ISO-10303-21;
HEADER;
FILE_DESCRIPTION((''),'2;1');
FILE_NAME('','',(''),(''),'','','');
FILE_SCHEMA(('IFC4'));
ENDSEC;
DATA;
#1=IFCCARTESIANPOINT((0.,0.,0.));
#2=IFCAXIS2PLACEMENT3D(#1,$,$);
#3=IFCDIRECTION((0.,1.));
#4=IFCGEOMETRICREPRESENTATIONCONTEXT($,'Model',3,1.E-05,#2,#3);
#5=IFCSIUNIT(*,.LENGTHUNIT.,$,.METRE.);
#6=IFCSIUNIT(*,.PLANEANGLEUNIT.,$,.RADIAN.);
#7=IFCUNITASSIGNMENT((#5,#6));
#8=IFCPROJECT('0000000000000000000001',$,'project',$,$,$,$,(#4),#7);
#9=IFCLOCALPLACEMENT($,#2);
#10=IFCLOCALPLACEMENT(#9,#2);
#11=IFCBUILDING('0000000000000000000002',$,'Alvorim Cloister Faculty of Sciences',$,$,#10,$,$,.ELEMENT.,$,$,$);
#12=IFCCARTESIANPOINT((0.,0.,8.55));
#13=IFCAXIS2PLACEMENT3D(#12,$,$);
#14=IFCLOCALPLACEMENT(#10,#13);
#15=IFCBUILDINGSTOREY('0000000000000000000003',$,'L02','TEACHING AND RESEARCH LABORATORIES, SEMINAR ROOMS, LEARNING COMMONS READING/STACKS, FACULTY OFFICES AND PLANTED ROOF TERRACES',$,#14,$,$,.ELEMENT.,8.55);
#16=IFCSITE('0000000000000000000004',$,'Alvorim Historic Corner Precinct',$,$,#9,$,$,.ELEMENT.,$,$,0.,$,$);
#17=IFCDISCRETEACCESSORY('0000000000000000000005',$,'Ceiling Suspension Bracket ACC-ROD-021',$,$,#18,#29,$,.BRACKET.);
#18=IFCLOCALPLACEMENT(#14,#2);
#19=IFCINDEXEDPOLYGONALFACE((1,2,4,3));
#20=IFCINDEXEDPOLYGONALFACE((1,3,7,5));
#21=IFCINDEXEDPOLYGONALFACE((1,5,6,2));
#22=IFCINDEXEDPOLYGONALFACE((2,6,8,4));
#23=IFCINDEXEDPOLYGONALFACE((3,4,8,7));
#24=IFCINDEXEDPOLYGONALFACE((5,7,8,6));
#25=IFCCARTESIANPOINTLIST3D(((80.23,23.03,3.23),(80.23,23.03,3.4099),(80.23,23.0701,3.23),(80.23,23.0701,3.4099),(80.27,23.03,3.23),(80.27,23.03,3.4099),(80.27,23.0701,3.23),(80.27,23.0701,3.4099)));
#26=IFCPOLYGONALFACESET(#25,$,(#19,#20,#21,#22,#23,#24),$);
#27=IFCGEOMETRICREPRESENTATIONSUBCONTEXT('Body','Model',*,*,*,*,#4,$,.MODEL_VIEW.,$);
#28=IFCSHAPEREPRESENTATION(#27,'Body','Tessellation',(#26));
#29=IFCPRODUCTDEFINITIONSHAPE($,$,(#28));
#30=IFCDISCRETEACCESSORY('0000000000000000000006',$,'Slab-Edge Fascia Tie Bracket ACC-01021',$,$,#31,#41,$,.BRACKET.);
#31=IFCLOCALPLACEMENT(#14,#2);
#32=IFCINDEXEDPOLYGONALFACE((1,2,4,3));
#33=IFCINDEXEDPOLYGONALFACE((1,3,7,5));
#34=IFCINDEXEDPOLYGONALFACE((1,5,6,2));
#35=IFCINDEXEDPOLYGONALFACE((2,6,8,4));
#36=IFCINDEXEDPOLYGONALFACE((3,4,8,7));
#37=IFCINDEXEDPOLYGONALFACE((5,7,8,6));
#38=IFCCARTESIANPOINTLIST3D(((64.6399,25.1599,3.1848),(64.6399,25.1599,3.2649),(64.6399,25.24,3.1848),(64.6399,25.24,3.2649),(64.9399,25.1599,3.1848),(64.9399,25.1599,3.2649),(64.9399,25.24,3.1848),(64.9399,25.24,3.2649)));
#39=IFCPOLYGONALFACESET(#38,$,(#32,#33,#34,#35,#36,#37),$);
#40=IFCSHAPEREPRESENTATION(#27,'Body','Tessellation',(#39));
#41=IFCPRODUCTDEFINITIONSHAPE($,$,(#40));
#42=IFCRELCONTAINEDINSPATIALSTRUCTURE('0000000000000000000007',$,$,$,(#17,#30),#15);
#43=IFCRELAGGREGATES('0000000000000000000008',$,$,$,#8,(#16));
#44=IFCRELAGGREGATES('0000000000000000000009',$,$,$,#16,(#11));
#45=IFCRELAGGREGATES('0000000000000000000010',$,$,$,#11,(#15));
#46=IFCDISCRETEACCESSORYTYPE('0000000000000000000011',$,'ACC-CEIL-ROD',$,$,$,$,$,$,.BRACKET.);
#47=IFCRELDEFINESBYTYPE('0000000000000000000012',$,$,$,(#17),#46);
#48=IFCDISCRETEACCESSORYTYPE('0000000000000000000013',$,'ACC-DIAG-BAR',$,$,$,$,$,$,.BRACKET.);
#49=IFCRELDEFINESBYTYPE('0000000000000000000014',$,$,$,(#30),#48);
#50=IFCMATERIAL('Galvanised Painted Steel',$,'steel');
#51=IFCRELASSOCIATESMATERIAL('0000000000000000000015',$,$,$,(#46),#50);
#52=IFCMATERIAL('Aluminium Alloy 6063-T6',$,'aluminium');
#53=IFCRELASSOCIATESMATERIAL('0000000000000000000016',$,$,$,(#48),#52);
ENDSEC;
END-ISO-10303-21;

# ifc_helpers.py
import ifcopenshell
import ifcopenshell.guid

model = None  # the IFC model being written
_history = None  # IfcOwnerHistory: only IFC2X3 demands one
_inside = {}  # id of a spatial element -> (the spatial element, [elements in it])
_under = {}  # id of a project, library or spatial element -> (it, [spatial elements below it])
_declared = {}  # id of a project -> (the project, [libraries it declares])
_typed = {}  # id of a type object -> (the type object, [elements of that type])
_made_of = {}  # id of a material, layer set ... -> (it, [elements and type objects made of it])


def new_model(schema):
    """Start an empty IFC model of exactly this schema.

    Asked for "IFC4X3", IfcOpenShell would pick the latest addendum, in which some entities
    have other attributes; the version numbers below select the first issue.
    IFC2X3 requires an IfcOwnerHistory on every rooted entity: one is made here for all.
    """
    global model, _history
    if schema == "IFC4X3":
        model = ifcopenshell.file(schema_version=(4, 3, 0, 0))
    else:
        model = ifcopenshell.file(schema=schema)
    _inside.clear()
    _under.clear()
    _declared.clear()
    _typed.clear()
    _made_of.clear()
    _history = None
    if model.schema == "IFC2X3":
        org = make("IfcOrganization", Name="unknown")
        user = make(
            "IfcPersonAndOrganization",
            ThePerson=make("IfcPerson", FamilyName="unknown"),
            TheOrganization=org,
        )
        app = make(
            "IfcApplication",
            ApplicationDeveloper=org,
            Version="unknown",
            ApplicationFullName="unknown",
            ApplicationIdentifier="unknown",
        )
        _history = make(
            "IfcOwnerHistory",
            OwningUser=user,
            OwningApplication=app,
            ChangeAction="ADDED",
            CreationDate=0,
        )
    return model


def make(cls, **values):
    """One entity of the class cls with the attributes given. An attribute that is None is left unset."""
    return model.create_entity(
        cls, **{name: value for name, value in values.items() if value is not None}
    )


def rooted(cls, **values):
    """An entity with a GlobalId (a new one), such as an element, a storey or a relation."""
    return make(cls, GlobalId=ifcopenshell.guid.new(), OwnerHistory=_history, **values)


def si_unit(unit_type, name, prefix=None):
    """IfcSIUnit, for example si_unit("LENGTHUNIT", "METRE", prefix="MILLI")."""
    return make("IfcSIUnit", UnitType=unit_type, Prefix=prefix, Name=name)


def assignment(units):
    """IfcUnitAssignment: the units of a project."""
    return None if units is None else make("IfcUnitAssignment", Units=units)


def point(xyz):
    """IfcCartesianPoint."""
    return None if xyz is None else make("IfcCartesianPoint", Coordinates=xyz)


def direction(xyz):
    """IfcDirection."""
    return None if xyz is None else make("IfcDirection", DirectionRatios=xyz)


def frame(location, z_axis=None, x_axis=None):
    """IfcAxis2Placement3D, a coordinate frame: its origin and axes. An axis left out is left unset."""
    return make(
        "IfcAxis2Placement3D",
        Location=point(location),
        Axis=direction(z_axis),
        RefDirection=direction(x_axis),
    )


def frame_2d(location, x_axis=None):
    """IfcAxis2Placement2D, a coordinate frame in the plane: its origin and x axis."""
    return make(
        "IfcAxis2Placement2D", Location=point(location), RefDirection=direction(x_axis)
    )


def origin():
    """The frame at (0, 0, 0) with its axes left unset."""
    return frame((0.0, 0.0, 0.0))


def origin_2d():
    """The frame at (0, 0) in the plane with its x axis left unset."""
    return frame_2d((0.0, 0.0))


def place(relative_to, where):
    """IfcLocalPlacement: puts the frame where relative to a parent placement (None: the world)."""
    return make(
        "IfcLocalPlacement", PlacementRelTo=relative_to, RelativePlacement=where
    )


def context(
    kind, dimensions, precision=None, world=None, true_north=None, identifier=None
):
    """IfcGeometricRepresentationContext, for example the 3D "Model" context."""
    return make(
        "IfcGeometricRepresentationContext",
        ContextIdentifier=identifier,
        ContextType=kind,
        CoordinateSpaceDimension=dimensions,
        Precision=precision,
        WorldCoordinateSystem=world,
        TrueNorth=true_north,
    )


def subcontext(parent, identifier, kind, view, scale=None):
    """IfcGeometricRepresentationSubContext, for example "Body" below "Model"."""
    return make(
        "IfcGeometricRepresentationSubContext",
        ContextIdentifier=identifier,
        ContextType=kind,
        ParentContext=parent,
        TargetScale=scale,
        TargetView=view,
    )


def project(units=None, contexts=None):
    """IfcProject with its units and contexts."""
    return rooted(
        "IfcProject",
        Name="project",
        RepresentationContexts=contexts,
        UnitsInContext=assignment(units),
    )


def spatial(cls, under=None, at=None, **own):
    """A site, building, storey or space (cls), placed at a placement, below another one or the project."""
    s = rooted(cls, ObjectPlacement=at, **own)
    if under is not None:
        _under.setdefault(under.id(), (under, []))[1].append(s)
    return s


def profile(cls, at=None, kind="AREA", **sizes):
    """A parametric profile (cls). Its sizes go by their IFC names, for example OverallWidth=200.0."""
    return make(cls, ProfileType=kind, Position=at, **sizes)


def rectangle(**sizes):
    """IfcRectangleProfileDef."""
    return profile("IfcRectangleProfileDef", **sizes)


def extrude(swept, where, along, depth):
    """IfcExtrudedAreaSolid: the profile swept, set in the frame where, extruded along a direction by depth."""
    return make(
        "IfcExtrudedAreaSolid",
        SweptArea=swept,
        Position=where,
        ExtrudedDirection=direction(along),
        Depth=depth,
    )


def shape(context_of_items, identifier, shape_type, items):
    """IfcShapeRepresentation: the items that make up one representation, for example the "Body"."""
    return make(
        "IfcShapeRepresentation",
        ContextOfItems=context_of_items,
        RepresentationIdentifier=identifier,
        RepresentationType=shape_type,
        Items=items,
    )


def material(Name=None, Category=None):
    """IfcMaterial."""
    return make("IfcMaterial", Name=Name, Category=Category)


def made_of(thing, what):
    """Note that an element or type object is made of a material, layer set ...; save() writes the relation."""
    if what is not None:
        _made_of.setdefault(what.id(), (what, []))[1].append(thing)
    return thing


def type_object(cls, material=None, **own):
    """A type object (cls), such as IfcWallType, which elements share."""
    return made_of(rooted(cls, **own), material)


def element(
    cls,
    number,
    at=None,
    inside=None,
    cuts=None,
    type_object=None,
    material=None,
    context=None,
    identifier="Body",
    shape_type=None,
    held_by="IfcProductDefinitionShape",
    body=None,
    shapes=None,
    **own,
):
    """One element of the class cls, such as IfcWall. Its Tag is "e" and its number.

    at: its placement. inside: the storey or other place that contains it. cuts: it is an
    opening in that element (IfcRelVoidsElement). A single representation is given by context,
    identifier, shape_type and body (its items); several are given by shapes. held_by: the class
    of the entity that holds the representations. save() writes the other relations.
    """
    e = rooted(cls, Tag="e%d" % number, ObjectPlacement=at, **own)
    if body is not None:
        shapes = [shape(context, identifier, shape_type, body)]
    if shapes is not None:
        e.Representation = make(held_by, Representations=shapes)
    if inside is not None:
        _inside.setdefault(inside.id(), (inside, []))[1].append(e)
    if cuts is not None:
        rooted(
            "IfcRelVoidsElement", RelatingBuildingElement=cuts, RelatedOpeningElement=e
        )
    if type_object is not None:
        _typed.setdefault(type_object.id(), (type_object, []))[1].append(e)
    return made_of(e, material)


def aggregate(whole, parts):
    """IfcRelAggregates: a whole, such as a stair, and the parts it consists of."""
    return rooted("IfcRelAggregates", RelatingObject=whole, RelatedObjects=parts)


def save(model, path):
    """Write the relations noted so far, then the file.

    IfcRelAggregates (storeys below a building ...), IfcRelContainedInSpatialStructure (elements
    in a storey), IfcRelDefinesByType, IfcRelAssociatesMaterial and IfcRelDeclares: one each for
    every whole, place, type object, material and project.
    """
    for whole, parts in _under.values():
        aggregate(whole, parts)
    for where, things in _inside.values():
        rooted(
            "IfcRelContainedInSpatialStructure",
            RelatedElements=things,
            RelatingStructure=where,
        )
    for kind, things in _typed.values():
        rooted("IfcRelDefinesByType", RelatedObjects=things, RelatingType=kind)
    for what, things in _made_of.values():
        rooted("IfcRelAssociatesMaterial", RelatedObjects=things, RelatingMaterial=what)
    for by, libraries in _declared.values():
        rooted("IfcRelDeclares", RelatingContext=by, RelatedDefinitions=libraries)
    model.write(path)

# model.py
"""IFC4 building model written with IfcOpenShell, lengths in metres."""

from ifc_helpers import new_model, si_unit, direction, frame, origin, origin_2d, place, context, subcontext, project, spatial, rectangle, extrude, material, type_object, element, save


model = new_model("IFC4")

# Units and contexts
model_context = context("Model", 3, precision=1e-05, world=origin(), true_north=direction((0.0, 1.0)))
body_context = subcontext(model_context, "Body", "Model", "MODEL_VIEW")
ifc_project = project(units=[si_unit("LENGTHUNIT", "METRE"), si_unit("PLANEANGLEUNIT", "RADIAN")], contexts=[model_context])

# Site, building, storey
site_placement = place(None, origin())
site = spatial("IfcSite", under=ifc_project, at=site_placement, Name="Alvorim Historic Corner Precinct", CompositionType="ELEMENT", RefElevation=0.0)
building_placement = place(site_placement, origin())
building = spatial("IfcBuilding", under=site, at=building_placement, Name="Alvorim Cloister Faculty of Sciences", CompositionType="ELEMENT")
storey_placement = place(building_placement, frame((0.0, 0.0, 8.55)))
storey = spatial("IfcBuildingStorey", under=building, at=storey_placement, Name="L02", Description="TEACHING AND RESEARCH LABORATORIES, SEMINAR ROOMS, LEARNING COMMONS READING/STACKS, FACULTY OFFICES AND PLANTED ROOF TERRACES", CompositionType="ELEMENT", Elevation=8.55)

# Shared definitions
ifc_material_1 = material(Name="Aluminium Alloy 6063-T6", Category="aluminium")

# Discrete accessories
ifc_material_2 = material(Name="Galvanised Painted Steel", Category="steel")
discrete_accessory_type_1 = type_object("IfcDiscreteAccessoryType", Name="ACC-CEIL-ROD", PredefinedType="BRACKET", material=ifc_material_2)
discrete_accessory_1_placement = place(storey_placement, frame((80.25, 23.05, 3.23), z_axis=(0.0, 0.0, 1.0), x_axis=(1.0, 0.0, 0.0)))
element("IfcDiscreteAccessory", 1, at=discrete_accessory_1_placement, inside=storey, type_object=discrete_accessory_type_1, Name="Ceiling Suspension Bracket ACC-ROD-021", PredefinedType="BRACKET", context=body_context, shape_type="SweptSolid", body=[
    extrude(rectangle(XDim=0.04, YDim=0.04, at=origin_2d()), origin(), (0.0, 0.0, 1.0), 0.1799),
])
discrete_accessory_type_2 = type_object("IfcDiscreteAccessoryType", Name="ACC-DIAG-BAR", PredefinedType="BRACKET", material=ifc_material_1)
discrete_accessory_2_placement = place(storey_placement, frame((64.9399, 25.2, 3.2249), z_axis=(-1.0, 0.0, 0.0), x_axis=(0.0, -1.0, 0.0)))
element("IfcDiscreteAccessory", 2, at=discrete_accessory_2_placement, inside=storey, type_object=discrete_accessory_type_2, Name="Slab-Edge Fascia Tie Bracket ACC-01021", PredefinedType="BRACKET", context=body_context, shape_type="SweptSolid", body=[
    extrude(rectangle(XDim=0.0801, YDim=0.0801, at=origin_2d()), origin(), (0.0, 0.0, 1.0), 0.3),
])

save(model, "model.ifc")
